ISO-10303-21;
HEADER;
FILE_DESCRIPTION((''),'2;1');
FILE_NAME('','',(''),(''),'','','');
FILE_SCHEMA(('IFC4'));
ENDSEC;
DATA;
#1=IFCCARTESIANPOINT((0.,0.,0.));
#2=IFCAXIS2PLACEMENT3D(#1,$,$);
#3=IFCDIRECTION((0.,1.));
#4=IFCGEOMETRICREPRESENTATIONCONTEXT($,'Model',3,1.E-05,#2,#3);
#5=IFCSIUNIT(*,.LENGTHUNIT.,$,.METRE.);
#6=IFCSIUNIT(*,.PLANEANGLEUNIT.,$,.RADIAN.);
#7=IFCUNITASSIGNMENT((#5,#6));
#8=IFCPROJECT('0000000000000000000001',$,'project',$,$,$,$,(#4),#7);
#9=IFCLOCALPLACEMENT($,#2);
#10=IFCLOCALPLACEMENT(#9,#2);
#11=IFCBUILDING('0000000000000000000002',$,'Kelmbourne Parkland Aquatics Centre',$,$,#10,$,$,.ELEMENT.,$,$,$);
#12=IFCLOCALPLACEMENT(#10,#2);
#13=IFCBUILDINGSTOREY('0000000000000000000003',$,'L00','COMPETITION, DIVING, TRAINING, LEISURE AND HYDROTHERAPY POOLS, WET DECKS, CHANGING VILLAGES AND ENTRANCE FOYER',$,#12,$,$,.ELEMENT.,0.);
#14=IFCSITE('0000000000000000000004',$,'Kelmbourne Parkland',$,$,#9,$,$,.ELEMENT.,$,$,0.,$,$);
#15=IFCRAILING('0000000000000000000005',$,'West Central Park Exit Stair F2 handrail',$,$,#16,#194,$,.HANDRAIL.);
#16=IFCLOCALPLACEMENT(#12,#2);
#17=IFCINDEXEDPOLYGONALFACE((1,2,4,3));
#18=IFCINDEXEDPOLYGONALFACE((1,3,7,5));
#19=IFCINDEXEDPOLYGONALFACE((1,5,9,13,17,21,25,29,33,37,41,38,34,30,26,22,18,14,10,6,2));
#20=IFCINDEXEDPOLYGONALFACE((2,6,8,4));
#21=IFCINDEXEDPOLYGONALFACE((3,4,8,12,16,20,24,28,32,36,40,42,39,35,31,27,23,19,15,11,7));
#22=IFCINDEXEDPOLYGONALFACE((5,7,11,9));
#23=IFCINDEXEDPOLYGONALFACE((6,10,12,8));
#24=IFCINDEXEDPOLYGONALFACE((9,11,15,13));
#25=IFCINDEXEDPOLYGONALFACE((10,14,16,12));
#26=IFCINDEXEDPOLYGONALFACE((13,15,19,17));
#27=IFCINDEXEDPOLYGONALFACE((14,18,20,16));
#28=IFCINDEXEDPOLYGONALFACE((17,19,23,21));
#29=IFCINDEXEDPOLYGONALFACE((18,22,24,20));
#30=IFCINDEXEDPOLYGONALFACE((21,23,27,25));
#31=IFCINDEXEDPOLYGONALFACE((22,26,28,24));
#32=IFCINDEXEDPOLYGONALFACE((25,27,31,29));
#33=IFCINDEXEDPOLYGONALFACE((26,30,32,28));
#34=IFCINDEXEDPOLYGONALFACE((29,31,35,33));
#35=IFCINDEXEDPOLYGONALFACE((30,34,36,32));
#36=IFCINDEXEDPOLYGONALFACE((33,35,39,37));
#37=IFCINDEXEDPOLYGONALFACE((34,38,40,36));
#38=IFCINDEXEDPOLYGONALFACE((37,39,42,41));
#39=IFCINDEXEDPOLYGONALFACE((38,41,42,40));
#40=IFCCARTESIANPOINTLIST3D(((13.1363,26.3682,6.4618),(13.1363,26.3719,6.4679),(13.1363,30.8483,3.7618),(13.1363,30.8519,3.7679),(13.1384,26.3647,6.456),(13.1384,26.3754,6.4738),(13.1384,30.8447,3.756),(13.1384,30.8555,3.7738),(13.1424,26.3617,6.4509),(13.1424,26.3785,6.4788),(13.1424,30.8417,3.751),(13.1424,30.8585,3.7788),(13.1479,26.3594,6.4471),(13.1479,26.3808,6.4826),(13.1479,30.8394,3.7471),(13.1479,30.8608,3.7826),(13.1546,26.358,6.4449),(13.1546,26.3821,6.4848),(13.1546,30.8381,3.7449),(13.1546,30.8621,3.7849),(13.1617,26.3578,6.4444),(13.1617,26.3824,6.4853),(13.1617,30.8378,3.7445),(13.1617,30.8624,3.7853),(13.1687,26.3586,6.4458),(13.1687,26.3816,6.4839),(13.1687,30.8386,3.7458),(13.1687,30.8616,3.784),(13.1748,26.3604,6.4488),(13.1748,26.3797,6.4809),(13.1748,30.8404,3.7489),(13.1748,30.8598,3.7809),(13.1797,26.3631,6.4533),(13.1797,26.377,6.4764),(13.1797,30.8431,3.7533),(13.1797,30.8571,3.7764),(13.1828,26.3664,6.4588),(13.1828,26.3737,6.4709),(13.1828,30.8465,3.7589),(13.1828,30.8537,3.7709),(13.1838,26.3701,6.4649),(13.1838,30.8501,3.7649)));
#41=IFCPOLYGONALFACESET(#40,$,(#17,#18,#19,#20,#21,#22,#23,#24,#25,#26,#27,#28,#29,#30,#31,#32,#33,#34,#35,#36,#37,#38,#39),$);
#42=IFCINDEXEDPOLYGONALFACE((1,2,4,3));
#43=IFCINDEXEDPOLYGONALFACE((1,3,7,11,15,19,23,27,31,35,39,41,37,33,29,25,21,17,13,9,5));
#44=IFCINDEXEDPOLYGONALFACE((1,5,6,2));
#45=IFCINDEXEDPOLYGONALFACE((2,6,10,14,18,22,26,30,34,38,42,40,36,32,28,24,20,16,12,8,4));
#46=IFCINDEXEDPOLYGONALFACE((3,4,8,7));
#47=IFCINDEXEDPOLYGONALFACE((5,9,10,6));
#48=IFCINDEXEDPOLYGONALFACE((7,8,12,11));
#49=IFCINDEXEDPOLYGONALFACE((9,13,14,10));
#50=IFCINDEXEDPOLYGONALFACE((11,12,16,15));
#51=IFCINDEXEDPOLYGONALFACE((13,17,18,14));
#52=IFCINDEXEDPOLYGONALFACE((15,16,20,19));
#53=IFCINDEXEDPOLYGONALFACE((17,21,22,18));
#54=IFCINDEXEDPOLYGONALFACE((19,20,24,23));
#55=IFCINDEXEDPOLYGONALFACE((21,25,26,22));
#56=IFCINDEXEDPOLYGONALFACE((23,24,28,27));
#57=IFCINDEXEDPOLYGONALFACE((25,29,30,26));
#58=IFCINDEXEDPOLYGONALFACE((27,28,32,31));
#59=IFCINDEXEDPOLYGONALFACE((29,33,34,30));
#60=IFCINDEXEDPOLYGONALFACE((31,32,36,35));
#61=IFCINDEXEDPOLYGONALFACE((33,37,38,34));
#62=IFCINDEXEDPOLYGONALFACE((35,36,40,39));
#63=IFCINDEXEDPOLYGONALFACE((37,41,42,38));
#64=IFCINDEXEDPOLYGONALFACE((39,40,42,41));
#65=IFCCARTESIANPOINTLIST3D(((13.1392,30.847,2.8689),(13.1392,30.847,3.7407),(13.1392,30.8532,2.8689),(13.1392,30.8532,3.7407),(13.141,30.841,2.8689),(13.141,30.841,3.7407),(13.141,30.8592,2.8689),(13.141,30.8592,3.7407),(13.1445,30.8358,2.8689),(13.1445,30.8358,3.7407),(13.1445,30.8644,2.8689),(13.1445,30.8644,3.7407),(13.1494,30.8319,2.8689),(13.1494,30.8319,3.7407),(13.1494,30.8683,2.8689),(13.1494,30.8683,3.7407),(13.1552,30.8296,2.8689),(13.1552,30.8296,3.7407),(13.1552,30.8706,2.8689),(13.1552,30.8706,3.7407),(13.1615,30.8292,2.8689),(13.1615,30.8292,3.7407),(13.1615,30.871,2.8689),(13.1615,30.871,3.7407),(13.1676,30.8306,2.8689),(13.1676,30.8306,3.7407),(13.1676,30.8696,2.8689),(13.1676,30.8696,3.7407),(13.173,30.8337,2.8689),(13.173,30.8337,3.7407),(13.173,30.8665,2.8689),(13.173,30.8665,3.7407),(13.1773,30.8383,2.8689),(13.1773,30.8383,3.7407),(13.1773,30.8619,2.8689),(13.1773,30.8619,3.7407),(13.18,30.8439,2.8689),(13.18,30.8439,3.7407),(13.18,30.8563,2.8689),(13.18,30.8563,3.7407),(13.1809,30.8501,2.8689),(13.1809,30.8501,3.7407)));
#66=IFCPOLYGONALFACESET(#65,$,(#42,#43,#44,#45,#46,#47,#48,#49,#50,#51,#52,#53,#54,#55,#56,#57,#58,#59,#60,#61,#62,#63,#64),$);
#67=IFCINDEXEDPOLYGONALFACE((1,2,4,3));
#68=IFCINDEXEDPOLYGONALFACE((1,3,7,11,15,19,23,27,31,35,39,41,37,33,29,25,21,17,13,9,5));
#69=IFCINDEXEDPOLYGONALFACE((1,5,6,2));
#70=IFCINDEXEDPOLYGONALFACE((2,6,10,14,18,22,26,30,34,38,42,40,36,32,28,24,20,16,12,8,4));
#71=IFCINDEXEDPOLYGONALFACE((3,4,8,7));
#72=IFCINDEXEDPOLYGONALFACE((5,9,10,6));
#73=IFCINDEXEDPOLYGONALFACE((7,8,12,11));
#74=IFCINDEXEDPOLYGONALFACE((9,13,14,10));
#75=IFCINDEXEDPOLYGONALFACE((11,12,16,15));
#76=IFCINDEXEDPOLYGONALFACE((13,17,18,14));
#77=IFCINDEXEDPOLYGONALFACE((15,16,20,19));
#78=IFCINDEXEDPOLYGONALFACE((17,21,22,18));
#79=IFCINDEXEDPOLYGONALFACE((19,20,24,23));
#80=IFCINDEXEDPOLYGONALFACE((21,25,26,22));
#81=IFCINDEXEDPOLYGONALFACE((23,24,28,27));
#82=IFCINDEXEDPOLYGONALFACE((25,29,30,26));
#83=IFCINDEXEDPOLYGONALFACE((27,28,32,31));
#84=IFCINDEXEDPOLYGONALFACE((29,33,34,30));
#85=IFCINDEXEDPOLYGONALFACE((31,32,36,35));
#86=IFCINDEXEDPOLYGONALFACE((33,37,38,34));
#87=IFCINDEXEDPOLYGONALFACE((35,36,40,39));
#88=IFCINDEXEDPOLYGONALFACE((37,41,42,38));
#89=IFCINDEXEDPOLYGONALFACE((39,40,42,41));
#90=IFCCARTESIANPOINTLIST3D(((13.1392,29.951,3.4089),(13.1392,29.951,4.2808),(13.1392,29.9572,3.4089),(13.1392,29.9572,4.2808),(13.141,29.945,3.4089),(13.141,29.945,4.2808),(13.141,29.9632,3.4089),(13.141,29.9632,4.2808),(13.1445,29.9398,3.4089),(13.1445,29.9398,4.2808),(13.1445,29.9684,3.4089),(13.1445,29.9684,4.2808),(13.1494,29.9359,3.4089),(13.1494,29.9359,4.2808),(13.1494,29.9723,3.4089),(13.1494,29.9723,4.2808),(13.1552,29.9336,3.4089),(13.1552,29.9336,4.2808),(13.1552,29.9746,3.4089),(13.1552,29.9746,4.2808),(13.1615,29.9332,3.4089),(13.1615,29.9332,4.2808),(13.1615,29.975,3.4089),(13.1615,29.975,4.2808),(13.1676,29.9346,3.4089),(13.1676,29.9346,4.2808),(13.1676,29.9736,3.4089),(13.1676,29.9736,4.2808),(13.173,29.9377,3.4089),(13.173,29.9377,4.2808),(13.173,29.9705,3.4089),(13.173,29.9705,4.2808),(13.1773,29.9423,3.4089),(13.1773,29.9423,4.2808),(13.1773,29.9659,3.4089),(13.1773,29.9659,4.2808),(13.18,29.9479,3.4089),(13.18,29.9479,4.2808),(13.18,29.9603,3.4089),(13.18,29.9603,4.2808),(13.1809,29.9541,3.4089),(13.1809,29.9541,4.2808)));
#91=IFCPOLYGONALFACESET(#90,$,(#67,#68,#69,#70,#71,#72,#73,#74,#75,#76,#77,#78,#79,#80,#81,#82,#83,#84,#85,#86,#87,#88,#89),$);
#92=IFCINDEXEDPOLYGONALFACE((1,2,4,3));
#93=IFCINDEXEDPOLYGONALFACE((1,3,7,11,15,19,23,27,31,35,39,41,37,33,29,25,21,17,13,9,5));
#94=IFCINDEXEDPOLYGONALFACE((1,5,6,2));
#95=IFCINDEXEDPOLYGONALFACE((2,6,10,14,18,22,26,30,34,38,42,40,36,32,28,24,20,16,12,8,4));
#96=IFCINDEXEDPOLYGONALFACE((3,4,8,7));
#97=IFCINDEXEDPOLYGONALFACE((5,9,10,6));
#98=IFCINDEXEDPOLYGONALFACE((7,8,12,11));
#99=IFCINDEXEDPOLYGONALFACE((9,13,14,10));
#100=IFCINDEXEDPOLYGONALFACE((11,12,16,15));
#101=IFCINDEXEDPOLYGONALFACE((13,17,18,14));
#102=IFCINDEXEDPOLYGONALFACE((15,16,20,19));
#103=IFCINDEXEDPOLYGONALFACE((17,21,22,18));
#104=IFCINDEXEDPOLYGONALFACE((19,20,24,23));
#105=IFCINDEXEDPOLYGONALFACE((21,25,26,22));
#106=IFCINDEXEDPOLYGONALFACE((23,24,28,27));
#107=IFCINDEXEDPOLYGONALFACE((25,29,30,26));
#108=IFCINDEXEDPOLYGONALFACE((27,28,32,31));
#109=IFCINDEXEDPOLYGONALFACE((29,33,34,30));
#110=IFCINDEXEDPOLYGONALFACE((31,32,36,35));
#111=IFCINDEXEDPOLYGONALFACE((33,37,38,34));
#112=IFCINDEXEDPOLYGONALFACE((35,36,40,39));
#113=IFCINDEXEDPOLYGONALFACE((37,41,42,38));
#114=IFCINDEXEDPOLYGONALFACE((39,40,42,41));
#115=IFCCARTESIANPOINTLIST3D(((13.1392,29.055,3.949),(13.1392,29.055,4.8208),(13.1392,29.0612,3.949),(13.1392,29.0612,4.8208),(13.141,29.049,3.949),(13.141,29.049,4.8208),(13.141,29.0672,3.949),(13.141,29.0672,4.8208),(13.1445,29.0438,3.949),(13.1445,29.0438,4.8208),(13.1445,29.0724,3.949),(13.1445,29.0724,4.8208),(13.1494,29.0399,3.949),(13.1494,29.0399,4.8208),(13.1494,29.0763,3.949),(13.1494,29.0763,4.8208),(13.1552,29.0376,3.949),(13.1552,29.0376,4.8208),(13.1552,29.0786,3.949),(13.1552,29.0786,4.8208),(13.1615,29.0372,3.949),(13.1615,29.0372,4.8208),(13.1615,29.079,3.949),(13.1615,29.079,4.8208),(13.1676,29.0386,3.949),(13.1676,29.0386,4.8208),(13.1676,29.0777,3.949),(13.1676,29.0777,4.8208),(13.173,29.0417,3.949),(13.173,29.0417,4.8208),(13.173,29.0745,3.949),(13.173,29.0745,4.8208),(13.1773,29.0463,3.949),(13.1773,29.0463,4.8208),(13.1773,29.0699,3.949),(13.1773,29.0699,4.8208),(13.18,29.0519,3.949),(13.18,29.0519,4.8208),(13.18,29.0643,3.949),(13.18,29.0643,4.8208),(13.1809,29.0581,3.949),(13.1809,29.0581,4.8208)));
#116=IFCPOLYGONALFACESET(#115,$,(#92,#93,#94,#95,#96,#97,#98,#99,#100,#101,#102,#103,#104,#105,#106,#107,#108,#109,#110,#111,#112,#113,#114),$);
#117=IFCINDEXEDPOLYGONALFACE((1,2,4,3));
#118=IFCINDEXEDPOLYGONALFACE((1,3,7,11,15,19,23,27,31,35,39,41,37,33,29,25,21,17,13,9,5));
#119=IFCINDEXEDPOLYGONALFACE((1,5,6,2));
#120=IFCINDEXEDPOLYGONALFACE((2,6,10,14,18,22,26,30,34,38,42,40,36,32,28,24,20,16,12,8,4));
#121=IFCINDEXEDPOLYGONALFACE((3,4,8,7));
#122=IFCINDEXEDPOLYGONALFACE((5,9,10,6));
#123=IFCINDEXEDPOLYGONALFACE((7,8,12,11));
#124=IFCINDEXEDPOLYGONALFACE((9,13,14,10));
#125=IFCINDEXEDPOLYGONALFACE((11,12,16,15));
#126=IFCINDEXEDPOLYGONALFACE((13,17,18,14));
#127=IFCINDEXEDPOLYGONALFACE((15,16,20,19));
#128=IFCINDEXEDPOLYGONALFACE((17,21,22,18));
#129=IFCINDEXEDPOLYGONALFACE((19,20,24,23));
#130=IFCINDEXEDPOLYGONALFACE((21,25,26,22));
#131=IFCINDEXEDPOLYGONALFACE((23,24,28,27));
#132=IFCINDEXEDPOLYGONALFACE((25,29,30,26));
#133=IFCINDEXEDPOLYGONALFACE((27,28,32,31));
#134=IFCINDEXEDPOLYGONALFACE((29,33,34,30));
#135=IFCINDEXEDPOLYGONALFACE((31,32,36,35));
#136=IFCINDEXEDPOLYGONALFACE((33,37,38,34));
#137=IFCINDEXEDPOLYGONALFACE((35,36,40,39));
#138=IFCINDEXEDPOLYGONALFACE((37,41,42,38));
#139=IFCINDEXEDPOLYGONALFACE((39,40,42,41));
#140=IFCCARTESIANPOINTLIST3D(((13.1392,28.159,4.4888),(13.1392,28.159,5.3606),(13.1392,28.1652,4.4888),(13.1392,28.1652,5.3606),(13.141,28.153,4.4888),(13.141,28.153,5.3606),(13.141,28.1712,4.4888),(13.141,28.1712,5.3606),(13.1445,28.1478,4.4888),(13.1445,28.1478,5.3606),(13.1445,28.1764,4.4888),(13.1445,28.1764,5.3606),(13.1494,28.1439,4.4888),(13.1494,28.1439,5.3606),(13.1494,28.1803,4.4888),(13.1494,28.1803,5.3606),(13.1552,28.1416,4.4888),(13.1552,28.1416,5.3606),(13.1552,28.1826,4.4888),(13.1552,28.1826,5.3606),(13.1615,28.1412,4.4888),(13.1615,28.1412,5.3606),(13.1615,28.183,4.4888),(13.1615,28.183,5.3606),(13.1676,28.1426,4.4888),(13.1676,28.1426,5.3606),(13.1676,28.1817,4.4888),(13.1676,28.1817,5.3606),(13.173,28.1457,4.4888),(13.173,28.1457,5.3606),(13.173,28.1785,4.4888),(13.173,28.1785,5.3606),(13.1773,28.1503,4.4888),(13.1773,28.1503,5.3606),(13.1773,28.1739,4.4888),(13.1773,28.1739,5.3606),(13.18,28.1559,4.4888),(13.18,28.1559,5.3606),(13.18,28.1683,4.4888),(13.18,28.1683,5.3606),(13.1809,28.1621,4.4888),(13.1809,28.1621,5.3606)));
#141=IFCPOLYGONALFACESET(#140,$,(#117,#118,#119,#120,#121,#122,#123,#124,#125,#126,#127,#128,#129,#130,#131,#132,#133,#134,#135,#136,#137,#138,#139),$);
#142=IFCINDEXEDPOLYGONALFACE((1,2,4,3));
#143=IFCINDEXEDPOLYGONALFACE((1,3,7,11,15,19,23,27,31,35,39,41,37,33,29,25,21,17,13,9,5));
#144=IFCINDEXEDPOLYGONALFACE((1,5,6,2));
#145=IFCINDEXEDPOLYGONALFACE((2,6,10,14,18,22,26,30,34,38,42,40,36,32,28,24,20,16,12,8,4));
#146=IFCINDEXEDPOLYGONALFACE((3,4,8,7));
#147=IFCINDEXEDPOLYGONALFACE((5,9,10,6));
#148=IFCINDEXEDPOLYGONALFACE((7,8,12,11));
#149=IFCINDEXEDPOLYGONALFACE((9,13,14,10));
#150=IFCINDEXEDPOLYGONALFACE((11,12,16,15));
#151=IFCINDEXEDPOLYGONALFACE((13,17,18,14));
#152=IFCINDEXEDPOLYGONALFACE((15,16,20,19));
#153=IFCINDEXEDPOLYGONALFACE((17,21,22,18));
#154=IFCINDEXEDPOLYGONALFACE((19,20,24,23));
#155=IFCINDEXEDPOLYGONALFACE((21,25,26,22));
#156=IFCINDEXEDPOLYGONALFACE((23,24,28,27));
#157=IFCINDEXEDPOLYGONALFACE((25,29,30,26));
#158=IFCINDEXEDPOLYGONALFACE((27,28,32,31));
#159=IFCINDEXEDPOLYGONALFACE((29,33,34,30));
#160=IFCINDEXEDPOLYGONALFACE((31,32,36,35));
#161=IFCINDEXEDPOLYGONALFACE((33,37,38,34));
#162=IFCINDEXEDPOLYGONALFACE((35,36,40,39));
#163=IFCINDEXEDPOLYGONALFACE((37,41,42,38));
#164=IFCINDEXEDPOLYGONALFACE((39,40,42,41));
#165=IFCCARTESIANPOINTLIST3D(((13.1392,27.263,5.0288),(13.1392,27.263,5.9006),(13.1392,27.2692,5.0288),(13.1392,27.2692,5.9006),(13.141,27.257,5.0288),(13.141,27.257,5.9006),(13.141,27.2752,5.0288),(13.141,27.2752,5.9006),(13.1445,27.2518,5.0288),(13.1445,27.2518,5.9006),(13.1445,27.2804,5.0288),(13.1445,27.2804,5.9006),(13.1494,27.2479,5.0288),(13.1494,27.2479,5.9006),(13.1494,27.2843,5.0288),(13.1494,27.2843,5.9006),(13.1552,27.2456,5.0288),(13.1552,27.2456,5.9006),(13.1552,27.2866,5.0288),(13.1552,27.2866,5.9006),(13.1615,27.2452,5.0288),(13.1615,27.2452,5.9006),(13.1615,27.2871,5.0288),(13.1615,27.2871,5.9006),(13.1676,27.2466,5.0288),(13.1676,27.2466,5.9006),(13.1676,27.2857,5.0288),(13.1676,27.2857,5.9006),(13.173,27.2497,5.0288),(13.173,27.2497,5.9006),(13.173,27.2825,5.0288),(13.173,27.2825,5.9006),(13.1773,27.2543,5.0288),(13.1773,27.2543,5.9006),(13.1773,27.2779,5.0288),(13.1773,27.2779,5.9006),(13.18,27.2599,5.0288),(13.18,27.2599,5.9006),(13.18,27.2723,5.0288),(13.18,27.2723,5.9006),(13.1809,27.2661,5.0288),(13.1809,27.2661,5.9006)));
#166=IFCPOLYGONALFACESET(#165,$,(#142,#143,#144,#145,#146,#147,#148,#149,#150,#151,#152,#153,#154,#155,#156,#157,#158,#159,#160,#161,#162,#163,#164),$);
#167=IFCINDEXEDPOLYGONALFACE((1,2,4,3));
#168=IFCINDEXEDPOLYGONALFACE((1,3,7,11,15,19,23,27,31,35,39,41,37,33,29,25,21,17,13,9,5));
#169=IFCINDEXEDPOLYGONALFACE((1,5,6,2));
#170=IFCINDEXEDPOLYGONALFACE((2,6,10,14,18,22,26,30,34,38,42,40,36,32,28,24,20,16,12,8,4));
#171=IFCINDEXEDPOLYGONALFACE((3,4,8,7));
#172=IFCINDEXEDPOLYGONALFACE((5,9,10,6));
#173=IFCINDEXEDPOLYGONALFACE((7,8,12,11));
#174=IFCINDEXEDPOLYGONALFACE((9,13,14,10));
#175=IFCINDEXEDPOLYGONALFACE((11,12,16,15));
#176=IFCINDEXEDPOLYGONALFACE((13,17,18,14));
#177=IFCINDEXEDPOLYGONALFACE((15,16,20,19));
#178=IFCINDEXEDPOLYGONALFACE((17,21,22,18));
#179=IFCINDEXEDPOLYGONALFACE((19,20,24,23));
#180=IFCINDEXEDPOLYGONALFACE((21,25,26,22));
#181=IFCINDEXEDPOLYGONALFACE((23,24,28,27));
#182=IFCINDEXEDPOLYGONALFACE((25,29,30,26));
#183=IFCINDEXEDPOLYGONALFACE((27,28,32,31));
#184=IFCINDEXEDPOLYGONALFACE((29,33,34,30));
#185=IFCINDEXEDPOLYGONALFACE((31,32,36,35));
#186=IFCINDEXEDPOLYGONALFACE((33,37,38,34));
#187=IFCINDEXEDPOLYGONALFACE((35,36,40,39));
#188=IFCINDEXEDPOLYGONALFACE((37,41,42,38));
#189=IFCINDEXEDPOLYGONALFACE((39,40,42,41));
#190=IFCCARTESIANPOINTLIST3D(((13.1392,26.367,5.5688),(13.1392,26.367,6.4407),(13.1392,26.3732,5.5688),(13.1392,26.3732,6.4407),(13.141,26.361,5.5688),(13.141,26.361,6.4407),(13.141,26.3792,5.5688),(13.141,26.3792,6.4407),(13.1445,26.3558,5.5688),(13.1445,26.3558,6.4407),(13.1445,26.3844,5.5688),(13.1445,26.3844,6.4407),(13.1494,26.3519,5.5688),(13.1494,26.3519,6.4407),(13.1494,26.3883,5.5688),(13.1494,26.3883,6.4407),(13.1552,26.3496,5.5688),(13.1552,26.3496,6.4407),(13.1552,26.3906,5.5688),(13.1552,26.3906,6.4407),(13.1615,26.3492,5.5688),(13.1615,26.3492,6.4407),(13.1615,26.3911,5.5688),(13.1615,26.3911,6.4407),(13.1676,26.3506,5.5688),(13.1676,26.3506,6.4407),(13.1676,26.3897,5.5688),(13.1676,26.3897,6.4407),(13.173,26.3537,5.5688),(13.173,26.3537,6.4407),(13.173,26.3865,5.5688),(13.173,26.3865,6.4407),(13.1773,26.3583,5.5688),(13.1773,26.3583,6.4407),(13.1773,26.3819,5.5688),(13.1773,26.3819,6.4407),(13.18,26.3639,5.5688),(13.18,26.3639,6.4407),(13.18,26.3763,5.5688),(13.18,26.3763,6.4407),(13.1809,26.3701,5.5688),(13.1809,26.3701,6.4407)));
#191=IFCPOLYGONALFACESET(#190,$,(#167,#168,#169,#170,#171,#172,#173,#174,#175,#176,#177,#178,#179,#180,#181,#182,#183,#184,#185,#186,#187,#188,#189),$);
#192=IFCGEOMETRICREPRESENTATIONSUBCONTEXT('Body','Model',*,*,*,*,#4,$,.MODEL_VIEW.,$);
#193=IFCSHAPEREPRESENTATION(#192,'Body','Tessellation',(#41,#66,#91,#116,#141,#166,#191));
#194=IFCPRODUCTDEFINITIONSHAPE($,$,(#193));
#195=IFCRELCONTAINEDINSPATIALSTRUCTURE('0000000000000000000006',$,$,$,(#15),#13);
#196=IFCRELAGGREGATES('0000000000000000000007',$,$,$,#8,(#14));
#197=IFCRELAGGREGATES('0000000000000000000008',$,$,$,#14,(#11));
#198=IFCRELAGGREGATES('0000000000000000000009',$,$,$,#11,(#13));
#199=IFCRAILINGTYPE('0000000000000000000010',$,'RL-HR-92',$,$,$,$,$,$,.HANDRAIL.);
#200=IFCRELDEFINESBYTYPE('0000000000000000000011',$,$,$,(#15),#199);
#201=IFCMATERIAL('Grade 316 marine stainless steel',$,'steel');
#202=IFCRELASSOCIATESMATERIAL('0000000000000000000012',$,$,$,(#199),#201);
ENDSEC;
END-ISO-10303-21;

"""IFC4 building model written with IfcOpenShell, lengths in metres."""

from ifc_helpers import new_model, si_unit, direction, frame, origin, origin_2d, place, context, subcontext, project, spatial, circle, extrude, material, type_object, element, save


model = new_model("IFC4")

# Units and contexts
model_context = context("Model", 3, precision=1e-05, world=origin(), true_north=direction((0.0, 1.0)))
body_context = subcontext(model_context, "Body", "Model", "MODEL_VIEW")
ifc_project = project(units=[si_unit("LENGTHUNIT", "METRE"), si_unit("PLANEANGLEUNIT", "RADIAN")], contexts=[model_context])

# Site, building, storey
site_placement = place(None, origin())
site = spatial("IfcSite", under=ifc_project, at=site_placement, Name="Kelmbourne Parkland", CompositionType="ELEMENT", RefElevation=0.0)
building_placement = place(site_placement, origin())
building = spatial("IfcBuilding", under=site, at=building_placement, Name="Kelmbourne Parkland Aquatics Centre", CompositionType="ELEMENT")
storey_placement = place(building_placement, origin())
storey = spatial("IfcBuildingStorey", under=building, at=storey_placement, Name="L00", Description="COMPETITION, DIVING, TRAINING, LEISURE AND HYDROTHERAPY POOLS, WET DECKS, CHANGING VILLAGES AND ENTRANCE FOYER", CompositionType="ELEMENT", Elevation=0.0)

# Railing
ifc_material_1 = material(Name="Grade 316 marine stainless steel", Category="steel")
railing_type_1 = type_object("IfcRailingType", Name="RL-HR-92", PredefinedType="HANDRAIL", material=ifc_material_1)
for number, where, name in (
    (1, (13.1599, 30.8501, 2.8689), "West Central Park Exit Stair F2 handrail"),
):
    element("IfcRailing", number, at=place(storey_placement, frame(where)), inside=storey, type_object=railing_type_1, Name=name, PredefinedType="HANDRAIL", context=body_context, shape_type="SweptSolid", body=[
        extrude(circle(Radius=0.0239, at=origin_2d()), frame((0.0, 0.0, 0.896), z_axis=(0.0, -0.856482, 0.516176), x_axis=(1.0, 0.0, 0.0)), (0.0, 0.0, 1.0), 5.2307),
        extrude(circle(Radius=0.021, at=origin_2d()), origin(), (0.0, 0.0, 1.0), 0.8718),
        extrude(circle(Radius=0.021, at=origin_2d()), frame((0.0, -0.896, 0.54)), (0.0, 0.0, 1.0), 0.8718),
        extrude(circle(Radius=0.021, at=origin_2d()), frame((0.0, -1.792, 1.0801)), (0.0, 0.0, 1.0), 0.8718),
        extrude(circle(Radius=0.021, at=origin_2d()), frame((0.0, -2.688, 1.6199)), (0.0, 0.0, 1.0), 0.8718),
        extrude(circle(Radius=0.021, at=origin_2d()), frame((0.0, -3.584, 2.1599)), (0.0, 0.0, 1.0), 0.8718),
        extrude(circle(Radius=0.021, at=origin_2d()), frame((0.0, -4.48, 2.7)), (0.0, 0.0, 1.0), 0.8718),
    ])

save(model, "model.ifc")
